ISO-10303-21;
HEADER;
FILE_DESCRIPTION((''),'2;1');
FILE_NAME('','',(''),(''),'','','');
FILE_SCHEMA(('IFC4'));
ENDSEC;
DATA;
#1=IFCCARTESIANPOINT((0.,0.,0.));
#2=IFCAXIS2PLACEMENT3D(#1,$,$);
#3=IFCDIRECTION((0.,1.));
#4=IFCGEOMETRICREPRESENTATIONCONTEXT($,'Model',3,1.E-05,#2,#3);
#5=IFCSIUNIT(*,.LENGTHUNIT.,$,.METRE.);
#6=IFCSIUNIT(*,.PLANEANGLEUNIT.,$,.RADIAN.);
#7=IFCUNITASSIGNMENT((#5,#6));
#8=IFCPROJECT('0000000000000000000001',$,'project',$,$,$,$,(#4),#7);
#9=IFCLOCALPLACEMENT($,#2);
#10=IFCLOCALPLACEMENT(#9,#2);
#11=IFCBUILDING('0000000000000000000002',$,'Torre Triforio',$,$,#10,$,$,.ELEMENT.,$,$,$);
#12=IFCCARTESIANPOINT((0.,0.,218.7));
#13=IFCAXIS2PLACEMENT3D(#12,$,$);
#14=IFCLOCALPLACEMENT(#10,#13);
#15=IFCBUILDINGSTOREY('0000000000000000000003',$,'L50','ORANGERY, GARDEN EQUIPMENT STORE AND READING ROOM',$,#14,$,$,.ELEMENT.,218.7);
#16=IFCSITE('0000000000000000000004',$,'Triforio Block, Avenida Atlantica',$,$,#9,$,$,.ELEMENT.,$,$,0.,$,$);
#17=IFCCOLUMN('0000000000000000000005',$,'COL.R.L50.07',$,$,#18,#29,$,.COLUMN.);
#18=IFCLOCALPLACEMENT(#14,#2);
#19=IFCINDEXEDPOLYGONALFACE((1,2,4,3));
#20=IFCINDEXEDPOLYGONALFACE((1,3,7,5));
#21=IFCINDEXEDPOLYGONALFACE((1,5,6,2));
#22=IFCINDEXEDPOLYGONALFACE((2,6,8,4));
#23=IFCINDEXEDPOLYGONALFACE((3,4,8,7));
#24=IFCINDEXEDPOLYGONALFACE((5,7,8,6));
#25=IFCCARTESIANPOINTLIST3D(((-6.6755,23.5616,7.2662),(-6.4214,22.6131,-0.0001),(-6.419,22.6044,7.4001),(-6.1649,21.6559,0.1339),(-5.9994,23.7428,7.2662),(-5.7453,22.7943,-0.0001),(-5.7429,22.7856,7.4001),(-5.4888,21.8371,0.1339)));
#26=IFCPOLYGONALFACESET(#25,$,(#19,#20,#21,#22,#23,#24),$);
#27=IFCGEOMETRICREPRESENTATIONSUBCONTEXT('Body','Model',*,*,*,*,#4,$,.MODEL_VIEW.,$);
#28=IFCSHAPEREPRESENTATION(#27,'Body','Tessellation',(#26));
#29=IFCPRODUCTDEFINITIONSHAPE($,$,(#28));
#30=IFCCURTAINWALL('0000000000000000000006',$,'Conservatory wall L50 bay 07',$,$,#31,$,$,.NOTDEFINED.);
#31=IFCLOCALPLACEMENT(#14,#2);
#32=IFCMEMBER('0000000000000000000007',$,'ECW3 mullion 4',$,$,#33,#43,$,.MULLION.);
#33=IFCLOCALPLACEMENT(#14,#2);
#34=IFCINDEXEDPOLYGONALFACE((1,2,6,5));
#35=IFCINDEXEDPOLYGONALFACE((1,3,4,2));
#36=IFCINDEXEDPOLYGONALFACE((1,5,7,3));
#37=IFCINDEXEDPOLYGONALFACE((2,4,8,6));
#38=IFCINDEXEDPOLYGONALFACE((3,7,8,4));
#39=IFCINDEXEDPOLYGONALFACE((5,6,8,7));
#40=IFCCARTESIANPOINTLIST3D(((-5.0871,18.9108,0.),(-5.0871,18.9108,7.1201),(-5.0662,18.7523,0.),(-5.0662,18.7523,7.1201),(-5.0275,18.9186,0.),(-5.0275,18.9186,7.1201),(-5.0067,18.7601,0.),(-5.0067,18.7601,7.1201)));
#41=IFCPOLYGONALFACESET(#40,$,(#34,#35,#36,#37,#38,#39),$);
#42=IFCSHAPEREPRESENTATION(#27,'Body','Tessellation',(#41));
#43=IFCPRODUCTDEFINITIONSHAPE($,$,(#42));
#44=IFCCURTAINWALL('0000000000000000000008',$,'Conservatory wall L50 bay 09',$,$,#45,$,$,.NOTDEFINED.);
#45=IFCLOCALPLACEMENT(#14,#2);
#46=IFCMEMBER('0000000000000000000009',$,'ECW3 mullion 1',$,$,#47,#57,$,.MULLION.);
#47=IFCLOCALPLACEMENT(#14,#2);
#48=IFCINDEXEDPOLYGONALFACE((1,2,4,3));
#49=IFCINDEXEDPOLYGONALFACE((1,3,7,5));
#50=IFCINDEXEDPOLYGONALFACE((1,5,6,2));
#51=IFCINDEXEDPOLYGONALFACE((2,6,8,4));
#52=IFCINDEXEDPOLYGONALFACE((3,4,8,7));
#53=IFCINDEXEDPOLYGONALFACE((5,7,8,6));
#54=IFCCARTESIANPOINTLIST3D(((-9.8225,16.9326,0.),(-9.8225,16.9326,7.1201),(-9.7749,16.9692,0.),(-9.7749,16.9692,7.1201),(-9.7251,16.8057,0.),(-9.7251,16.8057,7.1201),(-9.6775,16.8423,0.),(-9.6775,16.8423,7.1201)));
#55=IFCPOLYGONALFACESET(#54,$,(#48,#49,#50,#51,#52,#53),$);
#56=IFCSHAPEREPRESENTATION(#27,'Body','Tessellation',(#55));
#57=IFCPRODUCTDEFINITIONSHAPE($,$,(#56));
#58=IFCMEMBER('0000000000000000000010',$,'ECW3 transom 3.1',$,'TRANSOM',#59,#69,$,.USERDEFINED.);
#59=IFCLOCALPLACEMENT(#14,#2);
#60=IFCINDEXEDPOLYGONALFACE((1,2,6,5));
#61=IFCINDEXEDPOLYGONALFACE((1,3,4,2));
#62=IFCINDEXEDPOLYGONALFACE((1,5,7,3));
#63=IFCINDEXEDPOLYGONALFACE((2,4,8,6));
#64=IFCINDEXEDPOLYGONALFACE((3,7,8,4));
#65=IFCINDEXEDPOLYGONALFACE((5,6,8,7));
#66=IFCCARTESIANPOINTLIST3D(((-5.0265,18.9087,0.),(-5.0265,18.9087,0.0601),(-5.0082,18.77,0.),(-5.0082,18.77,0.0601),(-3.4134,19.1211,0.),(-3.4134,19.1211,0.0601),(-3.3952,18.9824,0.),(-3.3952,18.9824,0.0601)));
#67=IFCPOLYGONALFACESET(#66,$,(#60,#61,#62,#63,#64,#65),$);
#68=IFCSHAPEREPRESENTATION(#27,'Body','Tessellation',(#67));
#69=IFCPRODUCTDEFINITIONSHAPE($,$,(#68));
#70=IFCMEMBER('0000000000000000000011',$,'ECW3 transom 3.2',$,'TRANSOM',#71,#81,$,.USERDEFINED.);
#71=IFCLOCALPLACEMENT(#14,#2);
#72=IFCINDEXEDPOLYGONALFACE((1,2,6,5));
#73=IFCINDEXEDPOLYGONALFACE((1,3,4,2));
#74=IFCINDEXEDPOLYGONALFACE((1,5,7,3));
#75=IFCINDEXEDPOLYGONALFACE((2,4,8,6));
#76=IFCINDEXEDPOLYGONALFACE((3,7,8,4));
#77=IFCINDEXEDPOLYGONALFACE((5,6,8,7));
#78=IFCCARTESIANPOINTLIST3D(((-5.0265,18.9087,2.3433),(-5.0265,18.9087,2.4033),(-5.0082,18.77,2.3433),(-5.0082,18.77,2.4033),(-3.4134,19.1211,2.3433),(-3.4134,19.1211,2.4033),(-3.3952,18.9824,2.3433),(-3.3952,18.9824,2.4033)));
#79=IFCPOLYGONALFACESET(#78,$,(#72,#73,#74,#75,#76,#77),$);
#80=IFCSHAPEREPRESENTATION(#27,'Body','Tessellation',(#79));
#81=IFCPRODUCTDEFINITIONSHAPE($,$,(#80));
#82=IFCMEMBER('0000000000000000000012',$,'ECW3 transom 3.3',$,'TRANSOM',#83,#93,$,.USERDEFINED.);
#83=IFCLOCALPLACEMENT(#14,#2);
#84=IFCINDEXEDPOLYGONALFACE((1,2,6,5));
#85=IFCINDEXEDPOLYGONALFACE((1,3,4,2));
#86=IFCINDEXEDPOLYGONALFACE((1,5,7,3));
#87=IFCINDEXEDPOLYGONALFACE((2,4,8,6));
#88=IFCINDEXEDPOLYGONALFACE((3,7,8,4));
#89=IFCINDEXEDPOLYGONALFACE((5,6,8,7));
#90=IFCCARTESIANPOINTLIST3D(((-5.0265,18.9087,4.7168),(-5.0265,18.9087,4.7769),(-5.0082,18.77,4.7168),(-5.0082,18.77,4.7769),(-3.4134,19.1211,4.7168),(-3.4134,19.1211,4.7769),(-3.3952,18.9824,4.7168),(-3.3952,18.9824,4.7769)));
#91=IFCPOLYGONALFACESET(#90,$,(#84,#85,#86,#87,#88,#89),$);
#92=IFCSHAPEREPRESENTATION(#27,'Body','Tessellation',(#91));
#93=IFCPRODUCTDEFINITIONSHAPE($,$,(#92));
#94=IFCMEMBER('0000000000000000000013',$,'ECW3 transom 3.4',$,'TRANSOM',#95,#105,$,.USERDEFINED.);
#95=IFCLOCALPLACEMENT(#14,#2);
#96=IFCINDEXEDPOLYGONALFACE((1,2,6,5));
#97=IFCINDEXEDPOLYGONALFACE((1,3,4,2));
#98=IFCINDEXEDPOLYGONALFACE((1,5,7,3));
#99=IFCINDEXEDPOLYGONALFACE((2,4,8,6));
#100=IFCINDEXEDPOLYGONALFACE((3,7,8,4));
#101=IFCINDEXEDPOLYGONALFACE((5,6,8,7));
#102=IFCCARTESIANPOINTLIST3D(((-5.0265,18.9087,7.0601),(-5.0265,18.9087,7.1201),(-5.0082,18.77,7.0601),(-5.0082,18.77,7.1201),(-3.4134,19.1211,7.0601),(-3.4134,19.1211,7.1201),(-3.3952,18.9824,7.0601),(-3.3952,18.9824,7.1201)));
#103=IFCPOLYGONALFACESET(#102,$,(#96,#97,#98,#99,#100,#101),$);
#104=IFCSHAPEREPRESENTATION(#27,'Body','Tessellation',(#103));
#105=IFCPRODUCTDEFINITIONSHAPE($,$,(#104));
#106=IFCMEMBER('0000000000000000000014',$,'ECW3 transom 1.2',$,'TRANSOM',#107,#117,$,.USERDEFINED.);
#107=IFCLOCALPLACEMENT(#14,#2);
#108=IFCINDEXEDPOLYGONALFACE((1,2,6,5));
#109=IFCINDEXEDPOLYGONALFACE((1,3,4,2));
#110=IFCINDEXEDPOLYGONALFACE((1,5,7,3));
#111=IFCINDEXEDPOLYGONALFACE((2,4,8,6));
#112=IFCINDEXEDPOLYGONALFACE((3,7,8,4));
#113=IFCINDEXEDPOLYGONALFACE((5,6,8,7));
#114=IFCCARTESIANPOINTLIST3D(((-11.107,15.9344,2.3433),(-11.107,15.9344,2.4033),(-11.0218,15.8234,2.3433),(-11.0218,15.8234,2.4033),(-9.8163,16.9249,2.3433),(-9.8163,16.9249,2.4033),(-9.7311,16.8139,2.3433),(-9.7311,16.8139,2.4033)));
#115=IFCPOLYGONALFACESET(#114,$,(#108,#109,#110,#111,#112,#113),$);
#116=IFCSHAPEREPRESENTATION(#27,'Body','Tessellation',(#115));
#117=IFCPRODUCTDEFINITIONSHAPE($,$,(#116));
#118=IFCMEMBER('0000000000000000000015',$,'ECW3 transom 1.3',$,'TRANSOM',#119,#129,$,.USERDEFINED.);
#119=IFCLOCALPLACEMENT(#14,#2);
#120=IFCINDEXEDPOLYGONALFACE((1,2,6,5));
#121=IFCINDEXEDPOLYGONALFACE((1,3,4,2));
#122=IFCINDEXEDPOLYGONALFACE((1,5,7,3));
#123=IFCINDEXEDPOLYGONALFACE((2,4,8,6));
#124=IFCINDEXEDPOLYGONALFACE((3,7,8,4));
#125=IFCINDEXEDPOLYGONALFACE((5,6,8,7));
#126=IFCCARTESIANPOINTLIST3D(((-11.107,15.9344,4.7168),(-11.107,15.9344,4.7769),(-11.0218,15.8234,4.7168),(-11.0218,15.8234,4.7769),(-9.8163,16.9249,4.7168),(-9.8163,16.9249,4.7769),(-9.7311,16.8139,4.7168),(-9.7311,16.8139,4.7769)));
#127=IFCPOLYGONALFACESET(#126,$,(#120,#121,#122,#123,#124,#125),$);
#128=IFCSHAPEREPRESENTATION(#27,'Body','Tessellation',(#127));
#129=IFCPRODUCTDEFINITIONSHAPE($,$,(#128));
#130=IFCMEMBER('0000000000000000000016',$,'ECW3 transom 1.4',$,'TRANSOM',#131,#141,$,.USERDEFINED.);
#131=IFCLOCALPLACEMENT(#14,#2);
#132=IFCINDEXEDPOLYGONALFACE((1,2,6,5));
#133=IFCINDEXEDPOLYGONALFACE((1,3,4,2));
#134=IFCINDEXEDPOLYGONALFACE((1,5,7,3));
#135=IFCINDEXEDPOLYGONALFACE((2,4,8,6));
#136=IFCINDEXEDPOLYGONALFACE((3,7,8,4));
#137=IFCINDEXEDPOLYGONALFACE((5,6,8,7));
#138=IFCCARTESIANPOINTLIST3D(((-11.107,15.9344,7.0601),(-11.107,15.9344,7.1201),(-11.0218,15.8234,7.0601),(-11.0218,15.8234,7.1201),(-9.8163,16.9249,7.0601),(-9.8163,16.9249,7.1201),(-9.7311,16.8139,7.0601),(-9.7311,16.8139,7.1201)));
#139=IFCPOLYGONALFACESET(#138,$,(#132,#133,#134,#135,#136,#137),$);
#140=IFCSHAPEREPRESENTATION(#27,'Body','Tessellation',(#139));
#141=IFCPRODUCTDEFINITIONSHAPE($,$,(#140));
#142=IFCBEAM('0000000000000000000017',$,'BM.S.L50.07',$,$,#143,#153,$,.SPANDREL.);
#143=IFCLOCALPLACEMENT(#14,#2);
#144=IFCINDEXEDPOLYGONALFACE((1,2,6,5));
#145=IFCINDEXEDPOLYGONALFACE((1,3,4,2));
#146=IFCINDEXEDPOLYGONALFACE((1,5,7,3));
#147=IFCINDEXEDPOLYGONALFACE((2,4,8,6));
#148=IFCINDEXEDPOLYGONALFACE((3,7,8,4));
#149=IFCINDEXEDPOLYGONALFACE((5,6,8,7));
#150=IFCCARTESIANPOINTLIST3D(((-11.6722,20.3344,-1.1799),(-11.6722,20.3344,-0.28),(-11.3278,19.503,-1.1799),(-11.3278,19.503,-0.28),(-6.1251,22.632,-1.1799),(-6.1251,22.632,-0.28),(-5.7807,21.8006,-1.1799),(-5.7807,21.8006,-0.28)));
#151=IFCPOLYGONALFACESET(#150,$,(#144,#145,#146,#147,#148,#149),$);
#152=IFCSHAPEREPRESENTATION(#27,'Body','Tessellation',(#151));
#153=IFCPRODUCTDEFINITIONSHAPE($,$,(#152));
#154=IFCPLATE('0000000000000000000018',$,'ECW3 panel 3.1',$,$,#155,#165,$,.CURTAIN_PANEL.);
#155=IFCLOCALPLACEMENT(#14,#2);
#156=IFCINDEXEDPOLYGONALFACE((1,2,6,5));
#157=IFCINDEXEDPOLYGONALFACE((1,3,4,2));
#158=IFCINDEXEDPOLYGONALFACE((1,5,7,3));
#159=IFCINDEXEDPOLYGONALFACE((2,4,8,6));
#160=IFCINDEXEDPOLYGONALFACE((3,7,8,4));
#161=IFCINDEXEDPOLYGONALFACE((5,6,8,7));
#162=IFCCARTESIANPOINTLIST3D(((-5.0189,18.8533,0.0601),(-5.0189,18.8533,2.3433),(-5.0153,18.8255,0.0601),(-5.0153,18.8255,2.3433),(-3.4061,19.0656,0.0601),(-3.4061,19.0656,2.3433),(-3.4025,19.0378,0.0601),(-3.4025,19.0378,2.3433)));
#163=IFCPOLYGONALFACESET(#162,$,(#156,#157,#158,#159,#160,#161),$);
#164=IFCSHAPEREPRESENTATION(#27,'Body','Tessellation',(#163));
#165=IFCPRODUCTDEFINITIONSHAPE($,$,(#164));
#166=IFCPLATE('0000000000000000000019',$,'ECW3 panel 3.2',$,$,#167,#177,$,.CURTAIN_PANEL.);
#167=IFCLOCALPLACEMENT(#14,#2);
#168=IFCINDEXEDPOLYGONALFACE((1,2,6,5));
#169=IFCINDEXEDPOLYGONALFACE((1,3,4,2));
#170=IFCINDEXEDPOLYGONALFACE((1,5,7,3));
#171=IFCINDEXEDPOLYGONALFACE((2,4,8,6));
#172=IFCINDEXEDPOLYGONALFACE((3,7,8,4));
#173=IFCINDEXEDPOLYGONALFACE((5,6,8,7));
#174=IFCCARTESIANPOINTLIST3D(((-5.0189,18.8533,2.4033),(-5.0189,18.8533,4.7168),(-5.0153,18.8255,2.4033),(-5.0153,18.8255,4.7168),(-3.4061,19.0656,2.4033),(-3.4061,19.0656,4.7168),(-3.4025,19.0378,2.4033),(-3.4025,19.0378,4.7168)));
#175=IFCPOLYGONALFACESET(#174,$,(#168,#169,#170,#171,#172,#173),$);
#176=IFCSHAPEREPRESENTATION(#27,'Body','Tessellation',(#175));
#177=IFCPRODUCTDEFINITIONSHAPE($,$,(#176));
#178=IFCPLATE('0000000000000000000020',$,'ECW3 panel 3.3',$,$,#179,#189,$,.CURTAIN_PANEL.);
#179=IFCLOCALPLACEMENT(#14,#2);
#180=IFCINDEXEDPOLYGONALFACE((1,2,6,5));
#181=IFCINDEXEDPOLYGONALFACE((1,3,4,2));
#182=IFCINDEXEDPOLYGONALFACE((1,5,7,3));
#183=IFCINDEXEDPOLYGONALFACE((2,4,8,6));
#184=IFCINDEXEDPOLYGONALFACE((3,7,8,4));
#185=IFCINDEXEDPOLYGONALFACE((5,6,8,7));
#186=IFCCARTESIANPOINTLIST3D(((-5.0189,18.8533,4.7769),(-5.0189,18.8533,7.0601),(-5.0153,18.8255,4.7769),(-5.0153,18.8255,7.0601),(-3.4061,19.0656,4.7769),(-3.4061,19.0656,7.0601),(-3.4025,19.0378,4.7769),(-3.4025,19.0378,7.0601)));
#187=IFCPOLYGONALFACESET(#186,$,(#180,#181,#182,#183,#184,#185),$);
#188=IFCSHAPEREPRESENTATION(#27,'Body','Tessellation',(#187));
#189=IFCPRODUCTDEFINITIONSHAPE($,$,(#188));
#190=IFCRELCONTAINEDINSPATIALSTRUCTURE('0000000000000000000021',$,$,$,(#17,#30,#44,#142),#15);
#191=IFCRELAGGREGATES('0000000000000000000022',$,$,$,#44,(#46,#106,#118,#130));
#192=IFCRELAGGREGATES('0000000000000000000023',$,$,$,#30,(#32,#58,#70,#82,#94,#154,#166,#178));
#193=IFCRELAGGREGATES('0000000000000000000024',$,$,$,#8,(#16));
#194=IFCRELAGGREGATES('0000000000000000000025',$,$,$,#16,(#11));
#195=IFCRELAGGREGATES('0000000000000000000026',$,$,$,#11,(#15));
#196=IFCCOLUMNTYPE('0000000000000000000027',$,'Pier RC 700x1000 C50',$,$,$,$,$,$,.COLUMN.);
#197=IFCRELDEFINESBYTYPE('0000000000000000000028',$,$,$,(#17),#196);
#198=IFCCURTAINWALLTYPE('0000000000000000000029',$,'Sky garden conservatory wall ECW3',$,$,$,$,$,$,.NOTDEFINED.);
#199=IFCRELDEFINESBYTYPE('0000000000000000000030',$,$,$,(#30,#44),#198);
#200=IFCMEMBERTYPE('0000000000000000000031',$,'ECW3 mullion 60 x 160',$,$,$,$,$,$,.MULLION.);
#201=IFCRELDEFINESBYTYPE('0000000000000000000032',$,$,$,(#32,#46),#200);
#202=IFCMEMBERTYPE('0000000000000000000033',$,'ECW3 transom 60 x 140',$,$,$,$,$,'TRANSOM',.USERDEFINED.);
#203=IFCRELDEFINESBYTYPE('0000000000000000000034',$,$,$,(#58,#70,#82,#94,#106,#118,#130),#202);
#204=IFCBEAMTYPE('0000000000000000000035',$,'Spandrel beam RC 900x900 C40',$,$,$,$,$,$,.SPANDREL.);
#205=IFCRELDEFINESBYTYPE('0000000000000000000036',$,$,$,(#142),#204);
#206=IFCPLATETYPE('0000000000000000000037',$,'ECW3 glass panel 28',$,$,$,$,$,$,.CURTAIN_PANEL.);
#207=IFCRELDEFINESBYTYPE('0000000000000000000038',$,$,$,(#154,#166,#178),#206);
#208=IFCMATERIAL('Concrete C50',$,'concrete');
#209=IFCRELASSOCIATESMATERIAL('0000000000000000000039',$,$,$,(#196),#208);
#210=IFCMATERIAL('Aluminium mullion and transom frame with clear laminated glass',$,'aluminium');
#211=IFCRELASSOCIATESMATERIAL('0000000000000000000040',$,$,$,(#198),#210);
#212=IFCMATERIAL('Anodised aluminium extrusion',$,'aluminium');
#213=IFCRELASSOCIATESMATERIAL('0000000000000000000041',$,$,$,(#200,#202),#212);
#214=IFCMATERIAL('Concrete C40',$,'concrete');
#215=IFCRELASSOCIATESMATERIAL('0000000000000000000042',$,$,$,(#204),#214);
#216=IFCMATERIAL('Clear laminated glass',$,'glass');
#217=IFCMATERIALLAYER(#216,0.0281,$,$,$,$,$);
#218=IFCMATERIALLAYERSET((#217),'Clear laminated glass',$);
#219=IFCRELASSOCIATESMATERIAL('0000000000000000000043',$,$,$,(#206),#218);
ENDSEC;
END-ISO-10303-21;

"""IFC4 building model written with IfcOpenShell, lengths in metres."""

from ifc_helpers import new_model, si_unit, direction, frame, origin, origin_2d, place, context, subcontext, project, spatial, rectangle, extrude, material, layer, layer_set, material_profile, profile_set, type_object, element, aggregate, save


model = new_model("IFC4")

# Units and contexts
model_context = context("Model", 3, precision=1e-05, world=origin(), true_north=direction((0.0, 1.0)))
body_context = subcontext(model_context, "Body", "Model", "MODEL_VIEW")
ifc_project = project(units=[si_unit("LENGTHUNIT", "METRE"), si_unit("PLANEANGLEUNIT", "RADIAN")], contexts=[model_context])

# Site, building, storey
site_placement = place(None, origin())
site = spatial("IfcSite", under=ifc_project, at=site_placement, Name="Triforio Block, Avenida Atlantica", CompositionType="ELEMENT", RefElevation=0.0)
building_placement = place(site_placement, origin())
building = spatial("IfcBuilding", under=site, at=building_placement, Name="Torre Triforio", CompositionType="ELEMENT")
storey_placement = place(building_placement, frame((0.0, 0.0, 218.7)))
storey = spatial("IfcBuildingStorey", under=building, at=storey_placement, Name="L50", Description="ORANGERY, GARDEN EQUIPMENT STORE AND READING ROOM", CompositionType="ELEMENT", Elevation=218.7)

# Column
ifc_material_1 = material(Name="Concrete C50", Category="concrete")
ifc_material_profile_1 = material_profile(ifc_material_1, rectangle(XDim=0.7, YDim=1.0, at=origin_2d()), Name="RC 700x1000")
ifc_profile_set_1 = profile_set([ifc_material_profile_1], Name="Concrete C50")
column_type = type_object("IfcColumnType", Name="Pier RC 700x1000 C50", PredefinedType="COLUMN", material=ifc_profile_set_1)
column_placement = place(storey_placement, frame((-5.9551, 22.2251, 0.0669), z_axis=(-0.034662, 0.12936, 0.990992), x_axis=(-0.965925, -0.258823, 0.0)))
element("IfcColumn", 1, at=column_placement, inside=storey, type_object=column_type, Name="COL.R.L50.07", PredefinedType="COLUMN", context=body_context, shape_type="SweptSolid", body=[
    extrude(rectangle(XDim=0.7, YDim=1.0, at=origin_2d()), origin(), (0.0, 0.0, 1.0), 7.3323),
])

# Curtain walls, members
ifc_material_2 = material(Name="Aluminium mullion and transom frame with clear laminated glass", Category="aluminium")
curtain_wall_type = type_object("IfcCurtainWallType", Name="Sky garden conservatory wall ECW3", PredefinedType="NOTDEFINED", material=ifc_material_2)
curtain_wall_1_placement = place(storey_placement, origin())
curtain_wall_1 = element("IfcCurtainWall", 2, at=curtain_wall_1_placement, inside=storey, type_object=curtain_wall_type, Name="Conservatory wall L50 bay 07", PredefinedType="NOTDEFINED")
ifc_material_3 = material(Name="Anodised aluminium extrusion", Category="aluminium")
ifc_material_profile_2 = material_profile(ifc_material_3, rectangle(XDim=0.1599, YDim=0.0601, at=origin_2d()), Name="ECW3 MULLION 60x160")
ifc_profile_set_2 = profile_set([ifc_material_profile_2], Name="Anodised aluminium extrusion")
member_type_1 = type_object("IfcMemberType", Name="ECW3 mullion 60 x 160", PredefinedType="MULLION", material=ifc_profile_set_2)
member_1_placement = place(storey_placement, frame((-5.0469, 18.8354, 0.0), z_axis=(0.0, 0.0, 1.0), x_axis=(0.130532, -0.991444, 0.0)))
member_1 = element("IfcMember", 3, at=member_1_placement, type_object=member_type_1, Name="ECW3 mullion 4", PredefinedType="MULLION", context=body_context, shape_type="SweptSolid", body=[
    extrude(rectangle(XDim=0.1599, YDim=0.0601, at=origin_2d()), origin(), (0.0, 0.0, 1.0), 7.1201),
])
curtain_wall_2_placement = place(storey_placement, origin())
curtain_wall_2 = element("IfcCurtainWall", 4, at=curtain_wall_2_placement, inside=storey, type_object=curtain_wall_type, Name="Conservatory wall L50 bay 09", PredefinedType="NOTDEFINED")
member_2_placement = place(storey_placement, frame((-9.75, 16.8875, 0.0), z_axis=(0.0, 0.0, 1.0), x_axis=(0.608767, -0.793349, 0.0)))
member_2 = element("IfcMember", 5, at=member_2_placement, type_object=member_type_1, Name="ECW3 mullion 1", PredefinedType="MULLION", context=body_context, shape_type="SweptSolid", body=[
    extrude(rectangle(XDim=0.1599, YDim=0.0601, at=origin_2d()), origin(), (0.0, 0.0, 1.0), 7.1201),
])

# Members
ifc_material_profile_3 = material_profile(ifc_material_3, rectangle(XDim=0.1399, YDim=0.0601, at=origin_2d()), Name="ECW3 TRANSOM 60x140")
ifc_profile_set_3 = profile_set([ifc_material_profile_3], Name="Anodised aluminium extrusion")
member_type_2 = type_object("IfcMemberType", Name="ECW3 transom 60 x 140", ElementType="TRANSOM", PredefinedType="USERDEFINED", material=ifc_profile_set_3)
member_3_placement = place(storey_placement, frame((-3.4043, 19.0518, 0.03), z_axis=(-0.991442, -0.130552, 0.0), x_axis=(0.130552, -0.991442, 0.0)))
member_3 = element("IfcMember", 6, at=member_3_placement, type_object=member_type_2, Name="ECW3 transom 3.1", ObjectType="TRANSOM", PredefinedType="USERDEFINED", context=body_context, shape_type="SweptSolid", body=[
    extrude(rectangle(XDim=0.1399, YDim=0.0601, at=origin_2d()), origin(), (0.0, 0.0, 1.0), 1.627),
])
member_4_placement = place(storey_placement, frame((-3.4043, 19.0518, 2.3733), z_axis=(-0.991442, -0.130552, 0.0), x_axis=(0.130552, -0.991442, 0.0)))
member_4 = element("IfcMember", 7, at=member_4_placement, type_object=member_type_2, Name="ECW3 transom 3.2", ObjectType="TRANSOM", PredefinedType="USERDEFINED", context=body_context, shape_type="SweptSolid", body=[
    extrude(rectangle(XDim=0.1399, YDim=0.0601, at=origin_2d()), origin(), (0.0, 0.0, 1.0), 1.627),
])
member_5_placement = place(storey_placement, frame((-3.4043, 19.0518, 4.7468), z_axis=(-0.991442, -0.130552, 0.0), x_axis=(0.130552, -0.991442, 0.0)))
member_5 = element("IfcMember", 8, at=member_5_placement, type_object=member_type_2, Name="ECW3 transom 3.3", ObjectType="TRANSOM", PredefinedType="USERDEFINED", context=body_context, shape_type="SweptSolid", body=[
    extrude(rectangle(XDim=0.1399, YDim=0.0601, at=origin_2d()), origin(), (0.0, 0.0, 1.0), 1.627),
])
member_6_placement = place(storey_placement, frame((-3.4043, 19.0518, 7.0901), z_axis=(-0.991442, -0.130552, 0.0), x_axis=(0.130552, -0.991442, 0.0)))
member_6 = element("IfcMember", 9, at=member_6_placement, type_object=member_type_2, Name="ECW3 transom 3.4", ObjectType="TRANSOM", PredefinedType="USERDEFINED", context=body_context, shape_type="SweptSolid", body=[
    extrude(rectangle(XDim=0.1399, YDim=0.0601, at=origin_2d()), origin(), (0.0, 0.0, 1.0), 1.627),
])
member_7_placement = place(storey_placement, frame((-9.7737, 16.8694, 2.3733), z_axis=(-0.793343, -0.608775, 0.0), x_axis=(0.608775, -0.793343, 0.0)))
member_7 = element("IfcMember", 10, at=member_7_placement, type_object=member_type_2, Name="ECW3 transom 1.2", ObjectType="TRANSOM", PredefinedType="USERDEFINED", context=body_context, shape_type="SweptSolid", body=[
    extrude(rectangle(XDim=0.1399, YDim=0.0601, at=origin_2d()), origin(), (0.0, 0.0, 1.0), 1.627),
])
member_8_placement = place(storey_placement, frame((-9.7737, 16.8694, 4.7468), z_axis=(-0.793343, -0.608775, 0.0), x_axis=(0.608775, -0.793343, 0.0)))
member_8 = element("IfcMember", 11, at=member_8_placement, type_object=member_type_2, Name="ECW3 transom 1.3", ObjectType="TRANSOM", PredefinedType="USERDEFINED", context=body_context, shape_type="SweptSolid", body=[
    extrude(rectangle(XDim=0.1399, YDim=0.0601, at=origin_2d()), origin(), (0.0, 0.0, 1.0), 1.627),
])
member_9_placement = place(storey_placement, frame((-9.7737, 16.8694, 7.0901), z_axis=(-0.793343, -0.608775, 0.0), x_axis=(0.608775, -0.793343, 0.0)))
member_9 = element("IfcMember", 12, at=member_9_placement, type_object=member_type_2, Name="ECW3 transom 1.4", ObjectType="TRANSOM", PredefinedType="USERDEFINED", context=body_context, shape_type="SweptSolid", body=[
    extrude(rectangle(XDim=0.1399, YDim=0.0601, at=origin_2d()), origin(), (0.0, 0.0, 1.0), 1.627),
])
aggregate(curtain_wall_2, [member_2, member_7, member_8, member_9])

# Beam
ifc_material_4 = material(Name="Concrete C40", Category="concrete")
ifc_material_profile_4 = material_profile(ifc_material_4, rectangle(XDim=0.8999, YDim=0.8999, at=origin_2d()), Name="RC 900x900")
ifc_profile_set_4 = profile_set([ifc_material_profile_4], Name="Concrete C40")
beam_type = type_object("IfcBeamType", Name="Spandrel beam RC 900x900 C40", PredefinedType="SPANDREL", material=ifc_profile_set_4)
beam_placement = place(storey_placement, frame((-5.9529, 22.2163, -0.73), z_axis=(-0.923885, -0.382671, 0.0), x_axis=(0.382671, -0.923885, 0.0)))
element("IfcBeam", 13, at=beam_placement, inside=storey, type_object=beam_type, Name="BM.S.L50.07", PredefinedType="SPANDREL", context=body_context, shape_type="SweptSolid", body=[
    extrude(rectangle(XDim=0.8999, YDim=0.8999, at=origin_2d()), origin(), (0.0, 0.0, 1.0), 6.0042),
])

# Plates
ifc_material_5 = material(Name="Clear laminated glass", Category="glass")
ifc_layer_1 = layer(ifc_material_5, 0.0281)
ifc_layer_set_1 = layer_set([ifc_layer_1], Name="Clear laminated glass")
plate_type = type_object("IfcPlateType", Name="ECW3 glass panel 28", PredefinedType="CURTAIN_PANEL", material=ifc_layer_set_1)
plate_1_placement = place(storey_placement, frame((-4.2107, 18.9456, 0.0601), z_axis=(0.0, 0.0, 1.0), x_axis=(-0.991444, -0.130532, 0.0)))
plate_1 = element("IfcPlate", 14, at=plate_1_placement, type_object=plate_type, Name="ECW3 panel 3.1", PredefinedType="CURTAIN_PANEL", context=body_context, shape_type="SweptSolid", body=[
    extrude(rectangle(XDim=1.6267, YDim=0.0281, at=origin_2d()), origin(), (0.0, 0.0, 1.0), 2.2832),
])
plate_2_placement = place(storey_placement, frame((-4.2107, 18.9456, 2.4033), z_axis=(0.0, 0.0, 1.0), x_axis=(-0.991444, -0.130532, 0.0)))
plate_2 = element("IfcPlate", 15, at=plate_2_placement, type_object=plate_type, Name="ECW3 panel 3.2", PredefinedType="CURTAIN_PANEL", context=body_context, shape_type="SweptSolid", body=[
    extrude(rectangle(XDim=1.6267, YDim=0.0281, at=origin_2d()), origin(), (0.0, 0.0, 1.0), 2.3135),
])
plate_3_placement = place(storey_placement, frame((-4.2107, 18.9456, 4.7769), z_axis=(0.0, 0.0, 1.0), x_axis=(-0.991444, -0.130532, 0.0)))
plate_3 = element("IfcPlate", 16, at=plate_3_placement, type_object=plate_type, Name="ECW3 panel 3.3", PredefinedType="CURTAIN_PANEL", context=body_context, shape_type="SweptSolid", body=[
    extrude(rectangle(XDim=1.6267, YDim=0.0281, at=origin_2d()), origin(), (0.0, 0.0, 1.0), 2.2832),
])
aggregate(curtain_wall_1, [member_1, member_3, member_4, member_5, member_6, plate_1, plate_2, plate_3])

save(model, "model.ifc")
